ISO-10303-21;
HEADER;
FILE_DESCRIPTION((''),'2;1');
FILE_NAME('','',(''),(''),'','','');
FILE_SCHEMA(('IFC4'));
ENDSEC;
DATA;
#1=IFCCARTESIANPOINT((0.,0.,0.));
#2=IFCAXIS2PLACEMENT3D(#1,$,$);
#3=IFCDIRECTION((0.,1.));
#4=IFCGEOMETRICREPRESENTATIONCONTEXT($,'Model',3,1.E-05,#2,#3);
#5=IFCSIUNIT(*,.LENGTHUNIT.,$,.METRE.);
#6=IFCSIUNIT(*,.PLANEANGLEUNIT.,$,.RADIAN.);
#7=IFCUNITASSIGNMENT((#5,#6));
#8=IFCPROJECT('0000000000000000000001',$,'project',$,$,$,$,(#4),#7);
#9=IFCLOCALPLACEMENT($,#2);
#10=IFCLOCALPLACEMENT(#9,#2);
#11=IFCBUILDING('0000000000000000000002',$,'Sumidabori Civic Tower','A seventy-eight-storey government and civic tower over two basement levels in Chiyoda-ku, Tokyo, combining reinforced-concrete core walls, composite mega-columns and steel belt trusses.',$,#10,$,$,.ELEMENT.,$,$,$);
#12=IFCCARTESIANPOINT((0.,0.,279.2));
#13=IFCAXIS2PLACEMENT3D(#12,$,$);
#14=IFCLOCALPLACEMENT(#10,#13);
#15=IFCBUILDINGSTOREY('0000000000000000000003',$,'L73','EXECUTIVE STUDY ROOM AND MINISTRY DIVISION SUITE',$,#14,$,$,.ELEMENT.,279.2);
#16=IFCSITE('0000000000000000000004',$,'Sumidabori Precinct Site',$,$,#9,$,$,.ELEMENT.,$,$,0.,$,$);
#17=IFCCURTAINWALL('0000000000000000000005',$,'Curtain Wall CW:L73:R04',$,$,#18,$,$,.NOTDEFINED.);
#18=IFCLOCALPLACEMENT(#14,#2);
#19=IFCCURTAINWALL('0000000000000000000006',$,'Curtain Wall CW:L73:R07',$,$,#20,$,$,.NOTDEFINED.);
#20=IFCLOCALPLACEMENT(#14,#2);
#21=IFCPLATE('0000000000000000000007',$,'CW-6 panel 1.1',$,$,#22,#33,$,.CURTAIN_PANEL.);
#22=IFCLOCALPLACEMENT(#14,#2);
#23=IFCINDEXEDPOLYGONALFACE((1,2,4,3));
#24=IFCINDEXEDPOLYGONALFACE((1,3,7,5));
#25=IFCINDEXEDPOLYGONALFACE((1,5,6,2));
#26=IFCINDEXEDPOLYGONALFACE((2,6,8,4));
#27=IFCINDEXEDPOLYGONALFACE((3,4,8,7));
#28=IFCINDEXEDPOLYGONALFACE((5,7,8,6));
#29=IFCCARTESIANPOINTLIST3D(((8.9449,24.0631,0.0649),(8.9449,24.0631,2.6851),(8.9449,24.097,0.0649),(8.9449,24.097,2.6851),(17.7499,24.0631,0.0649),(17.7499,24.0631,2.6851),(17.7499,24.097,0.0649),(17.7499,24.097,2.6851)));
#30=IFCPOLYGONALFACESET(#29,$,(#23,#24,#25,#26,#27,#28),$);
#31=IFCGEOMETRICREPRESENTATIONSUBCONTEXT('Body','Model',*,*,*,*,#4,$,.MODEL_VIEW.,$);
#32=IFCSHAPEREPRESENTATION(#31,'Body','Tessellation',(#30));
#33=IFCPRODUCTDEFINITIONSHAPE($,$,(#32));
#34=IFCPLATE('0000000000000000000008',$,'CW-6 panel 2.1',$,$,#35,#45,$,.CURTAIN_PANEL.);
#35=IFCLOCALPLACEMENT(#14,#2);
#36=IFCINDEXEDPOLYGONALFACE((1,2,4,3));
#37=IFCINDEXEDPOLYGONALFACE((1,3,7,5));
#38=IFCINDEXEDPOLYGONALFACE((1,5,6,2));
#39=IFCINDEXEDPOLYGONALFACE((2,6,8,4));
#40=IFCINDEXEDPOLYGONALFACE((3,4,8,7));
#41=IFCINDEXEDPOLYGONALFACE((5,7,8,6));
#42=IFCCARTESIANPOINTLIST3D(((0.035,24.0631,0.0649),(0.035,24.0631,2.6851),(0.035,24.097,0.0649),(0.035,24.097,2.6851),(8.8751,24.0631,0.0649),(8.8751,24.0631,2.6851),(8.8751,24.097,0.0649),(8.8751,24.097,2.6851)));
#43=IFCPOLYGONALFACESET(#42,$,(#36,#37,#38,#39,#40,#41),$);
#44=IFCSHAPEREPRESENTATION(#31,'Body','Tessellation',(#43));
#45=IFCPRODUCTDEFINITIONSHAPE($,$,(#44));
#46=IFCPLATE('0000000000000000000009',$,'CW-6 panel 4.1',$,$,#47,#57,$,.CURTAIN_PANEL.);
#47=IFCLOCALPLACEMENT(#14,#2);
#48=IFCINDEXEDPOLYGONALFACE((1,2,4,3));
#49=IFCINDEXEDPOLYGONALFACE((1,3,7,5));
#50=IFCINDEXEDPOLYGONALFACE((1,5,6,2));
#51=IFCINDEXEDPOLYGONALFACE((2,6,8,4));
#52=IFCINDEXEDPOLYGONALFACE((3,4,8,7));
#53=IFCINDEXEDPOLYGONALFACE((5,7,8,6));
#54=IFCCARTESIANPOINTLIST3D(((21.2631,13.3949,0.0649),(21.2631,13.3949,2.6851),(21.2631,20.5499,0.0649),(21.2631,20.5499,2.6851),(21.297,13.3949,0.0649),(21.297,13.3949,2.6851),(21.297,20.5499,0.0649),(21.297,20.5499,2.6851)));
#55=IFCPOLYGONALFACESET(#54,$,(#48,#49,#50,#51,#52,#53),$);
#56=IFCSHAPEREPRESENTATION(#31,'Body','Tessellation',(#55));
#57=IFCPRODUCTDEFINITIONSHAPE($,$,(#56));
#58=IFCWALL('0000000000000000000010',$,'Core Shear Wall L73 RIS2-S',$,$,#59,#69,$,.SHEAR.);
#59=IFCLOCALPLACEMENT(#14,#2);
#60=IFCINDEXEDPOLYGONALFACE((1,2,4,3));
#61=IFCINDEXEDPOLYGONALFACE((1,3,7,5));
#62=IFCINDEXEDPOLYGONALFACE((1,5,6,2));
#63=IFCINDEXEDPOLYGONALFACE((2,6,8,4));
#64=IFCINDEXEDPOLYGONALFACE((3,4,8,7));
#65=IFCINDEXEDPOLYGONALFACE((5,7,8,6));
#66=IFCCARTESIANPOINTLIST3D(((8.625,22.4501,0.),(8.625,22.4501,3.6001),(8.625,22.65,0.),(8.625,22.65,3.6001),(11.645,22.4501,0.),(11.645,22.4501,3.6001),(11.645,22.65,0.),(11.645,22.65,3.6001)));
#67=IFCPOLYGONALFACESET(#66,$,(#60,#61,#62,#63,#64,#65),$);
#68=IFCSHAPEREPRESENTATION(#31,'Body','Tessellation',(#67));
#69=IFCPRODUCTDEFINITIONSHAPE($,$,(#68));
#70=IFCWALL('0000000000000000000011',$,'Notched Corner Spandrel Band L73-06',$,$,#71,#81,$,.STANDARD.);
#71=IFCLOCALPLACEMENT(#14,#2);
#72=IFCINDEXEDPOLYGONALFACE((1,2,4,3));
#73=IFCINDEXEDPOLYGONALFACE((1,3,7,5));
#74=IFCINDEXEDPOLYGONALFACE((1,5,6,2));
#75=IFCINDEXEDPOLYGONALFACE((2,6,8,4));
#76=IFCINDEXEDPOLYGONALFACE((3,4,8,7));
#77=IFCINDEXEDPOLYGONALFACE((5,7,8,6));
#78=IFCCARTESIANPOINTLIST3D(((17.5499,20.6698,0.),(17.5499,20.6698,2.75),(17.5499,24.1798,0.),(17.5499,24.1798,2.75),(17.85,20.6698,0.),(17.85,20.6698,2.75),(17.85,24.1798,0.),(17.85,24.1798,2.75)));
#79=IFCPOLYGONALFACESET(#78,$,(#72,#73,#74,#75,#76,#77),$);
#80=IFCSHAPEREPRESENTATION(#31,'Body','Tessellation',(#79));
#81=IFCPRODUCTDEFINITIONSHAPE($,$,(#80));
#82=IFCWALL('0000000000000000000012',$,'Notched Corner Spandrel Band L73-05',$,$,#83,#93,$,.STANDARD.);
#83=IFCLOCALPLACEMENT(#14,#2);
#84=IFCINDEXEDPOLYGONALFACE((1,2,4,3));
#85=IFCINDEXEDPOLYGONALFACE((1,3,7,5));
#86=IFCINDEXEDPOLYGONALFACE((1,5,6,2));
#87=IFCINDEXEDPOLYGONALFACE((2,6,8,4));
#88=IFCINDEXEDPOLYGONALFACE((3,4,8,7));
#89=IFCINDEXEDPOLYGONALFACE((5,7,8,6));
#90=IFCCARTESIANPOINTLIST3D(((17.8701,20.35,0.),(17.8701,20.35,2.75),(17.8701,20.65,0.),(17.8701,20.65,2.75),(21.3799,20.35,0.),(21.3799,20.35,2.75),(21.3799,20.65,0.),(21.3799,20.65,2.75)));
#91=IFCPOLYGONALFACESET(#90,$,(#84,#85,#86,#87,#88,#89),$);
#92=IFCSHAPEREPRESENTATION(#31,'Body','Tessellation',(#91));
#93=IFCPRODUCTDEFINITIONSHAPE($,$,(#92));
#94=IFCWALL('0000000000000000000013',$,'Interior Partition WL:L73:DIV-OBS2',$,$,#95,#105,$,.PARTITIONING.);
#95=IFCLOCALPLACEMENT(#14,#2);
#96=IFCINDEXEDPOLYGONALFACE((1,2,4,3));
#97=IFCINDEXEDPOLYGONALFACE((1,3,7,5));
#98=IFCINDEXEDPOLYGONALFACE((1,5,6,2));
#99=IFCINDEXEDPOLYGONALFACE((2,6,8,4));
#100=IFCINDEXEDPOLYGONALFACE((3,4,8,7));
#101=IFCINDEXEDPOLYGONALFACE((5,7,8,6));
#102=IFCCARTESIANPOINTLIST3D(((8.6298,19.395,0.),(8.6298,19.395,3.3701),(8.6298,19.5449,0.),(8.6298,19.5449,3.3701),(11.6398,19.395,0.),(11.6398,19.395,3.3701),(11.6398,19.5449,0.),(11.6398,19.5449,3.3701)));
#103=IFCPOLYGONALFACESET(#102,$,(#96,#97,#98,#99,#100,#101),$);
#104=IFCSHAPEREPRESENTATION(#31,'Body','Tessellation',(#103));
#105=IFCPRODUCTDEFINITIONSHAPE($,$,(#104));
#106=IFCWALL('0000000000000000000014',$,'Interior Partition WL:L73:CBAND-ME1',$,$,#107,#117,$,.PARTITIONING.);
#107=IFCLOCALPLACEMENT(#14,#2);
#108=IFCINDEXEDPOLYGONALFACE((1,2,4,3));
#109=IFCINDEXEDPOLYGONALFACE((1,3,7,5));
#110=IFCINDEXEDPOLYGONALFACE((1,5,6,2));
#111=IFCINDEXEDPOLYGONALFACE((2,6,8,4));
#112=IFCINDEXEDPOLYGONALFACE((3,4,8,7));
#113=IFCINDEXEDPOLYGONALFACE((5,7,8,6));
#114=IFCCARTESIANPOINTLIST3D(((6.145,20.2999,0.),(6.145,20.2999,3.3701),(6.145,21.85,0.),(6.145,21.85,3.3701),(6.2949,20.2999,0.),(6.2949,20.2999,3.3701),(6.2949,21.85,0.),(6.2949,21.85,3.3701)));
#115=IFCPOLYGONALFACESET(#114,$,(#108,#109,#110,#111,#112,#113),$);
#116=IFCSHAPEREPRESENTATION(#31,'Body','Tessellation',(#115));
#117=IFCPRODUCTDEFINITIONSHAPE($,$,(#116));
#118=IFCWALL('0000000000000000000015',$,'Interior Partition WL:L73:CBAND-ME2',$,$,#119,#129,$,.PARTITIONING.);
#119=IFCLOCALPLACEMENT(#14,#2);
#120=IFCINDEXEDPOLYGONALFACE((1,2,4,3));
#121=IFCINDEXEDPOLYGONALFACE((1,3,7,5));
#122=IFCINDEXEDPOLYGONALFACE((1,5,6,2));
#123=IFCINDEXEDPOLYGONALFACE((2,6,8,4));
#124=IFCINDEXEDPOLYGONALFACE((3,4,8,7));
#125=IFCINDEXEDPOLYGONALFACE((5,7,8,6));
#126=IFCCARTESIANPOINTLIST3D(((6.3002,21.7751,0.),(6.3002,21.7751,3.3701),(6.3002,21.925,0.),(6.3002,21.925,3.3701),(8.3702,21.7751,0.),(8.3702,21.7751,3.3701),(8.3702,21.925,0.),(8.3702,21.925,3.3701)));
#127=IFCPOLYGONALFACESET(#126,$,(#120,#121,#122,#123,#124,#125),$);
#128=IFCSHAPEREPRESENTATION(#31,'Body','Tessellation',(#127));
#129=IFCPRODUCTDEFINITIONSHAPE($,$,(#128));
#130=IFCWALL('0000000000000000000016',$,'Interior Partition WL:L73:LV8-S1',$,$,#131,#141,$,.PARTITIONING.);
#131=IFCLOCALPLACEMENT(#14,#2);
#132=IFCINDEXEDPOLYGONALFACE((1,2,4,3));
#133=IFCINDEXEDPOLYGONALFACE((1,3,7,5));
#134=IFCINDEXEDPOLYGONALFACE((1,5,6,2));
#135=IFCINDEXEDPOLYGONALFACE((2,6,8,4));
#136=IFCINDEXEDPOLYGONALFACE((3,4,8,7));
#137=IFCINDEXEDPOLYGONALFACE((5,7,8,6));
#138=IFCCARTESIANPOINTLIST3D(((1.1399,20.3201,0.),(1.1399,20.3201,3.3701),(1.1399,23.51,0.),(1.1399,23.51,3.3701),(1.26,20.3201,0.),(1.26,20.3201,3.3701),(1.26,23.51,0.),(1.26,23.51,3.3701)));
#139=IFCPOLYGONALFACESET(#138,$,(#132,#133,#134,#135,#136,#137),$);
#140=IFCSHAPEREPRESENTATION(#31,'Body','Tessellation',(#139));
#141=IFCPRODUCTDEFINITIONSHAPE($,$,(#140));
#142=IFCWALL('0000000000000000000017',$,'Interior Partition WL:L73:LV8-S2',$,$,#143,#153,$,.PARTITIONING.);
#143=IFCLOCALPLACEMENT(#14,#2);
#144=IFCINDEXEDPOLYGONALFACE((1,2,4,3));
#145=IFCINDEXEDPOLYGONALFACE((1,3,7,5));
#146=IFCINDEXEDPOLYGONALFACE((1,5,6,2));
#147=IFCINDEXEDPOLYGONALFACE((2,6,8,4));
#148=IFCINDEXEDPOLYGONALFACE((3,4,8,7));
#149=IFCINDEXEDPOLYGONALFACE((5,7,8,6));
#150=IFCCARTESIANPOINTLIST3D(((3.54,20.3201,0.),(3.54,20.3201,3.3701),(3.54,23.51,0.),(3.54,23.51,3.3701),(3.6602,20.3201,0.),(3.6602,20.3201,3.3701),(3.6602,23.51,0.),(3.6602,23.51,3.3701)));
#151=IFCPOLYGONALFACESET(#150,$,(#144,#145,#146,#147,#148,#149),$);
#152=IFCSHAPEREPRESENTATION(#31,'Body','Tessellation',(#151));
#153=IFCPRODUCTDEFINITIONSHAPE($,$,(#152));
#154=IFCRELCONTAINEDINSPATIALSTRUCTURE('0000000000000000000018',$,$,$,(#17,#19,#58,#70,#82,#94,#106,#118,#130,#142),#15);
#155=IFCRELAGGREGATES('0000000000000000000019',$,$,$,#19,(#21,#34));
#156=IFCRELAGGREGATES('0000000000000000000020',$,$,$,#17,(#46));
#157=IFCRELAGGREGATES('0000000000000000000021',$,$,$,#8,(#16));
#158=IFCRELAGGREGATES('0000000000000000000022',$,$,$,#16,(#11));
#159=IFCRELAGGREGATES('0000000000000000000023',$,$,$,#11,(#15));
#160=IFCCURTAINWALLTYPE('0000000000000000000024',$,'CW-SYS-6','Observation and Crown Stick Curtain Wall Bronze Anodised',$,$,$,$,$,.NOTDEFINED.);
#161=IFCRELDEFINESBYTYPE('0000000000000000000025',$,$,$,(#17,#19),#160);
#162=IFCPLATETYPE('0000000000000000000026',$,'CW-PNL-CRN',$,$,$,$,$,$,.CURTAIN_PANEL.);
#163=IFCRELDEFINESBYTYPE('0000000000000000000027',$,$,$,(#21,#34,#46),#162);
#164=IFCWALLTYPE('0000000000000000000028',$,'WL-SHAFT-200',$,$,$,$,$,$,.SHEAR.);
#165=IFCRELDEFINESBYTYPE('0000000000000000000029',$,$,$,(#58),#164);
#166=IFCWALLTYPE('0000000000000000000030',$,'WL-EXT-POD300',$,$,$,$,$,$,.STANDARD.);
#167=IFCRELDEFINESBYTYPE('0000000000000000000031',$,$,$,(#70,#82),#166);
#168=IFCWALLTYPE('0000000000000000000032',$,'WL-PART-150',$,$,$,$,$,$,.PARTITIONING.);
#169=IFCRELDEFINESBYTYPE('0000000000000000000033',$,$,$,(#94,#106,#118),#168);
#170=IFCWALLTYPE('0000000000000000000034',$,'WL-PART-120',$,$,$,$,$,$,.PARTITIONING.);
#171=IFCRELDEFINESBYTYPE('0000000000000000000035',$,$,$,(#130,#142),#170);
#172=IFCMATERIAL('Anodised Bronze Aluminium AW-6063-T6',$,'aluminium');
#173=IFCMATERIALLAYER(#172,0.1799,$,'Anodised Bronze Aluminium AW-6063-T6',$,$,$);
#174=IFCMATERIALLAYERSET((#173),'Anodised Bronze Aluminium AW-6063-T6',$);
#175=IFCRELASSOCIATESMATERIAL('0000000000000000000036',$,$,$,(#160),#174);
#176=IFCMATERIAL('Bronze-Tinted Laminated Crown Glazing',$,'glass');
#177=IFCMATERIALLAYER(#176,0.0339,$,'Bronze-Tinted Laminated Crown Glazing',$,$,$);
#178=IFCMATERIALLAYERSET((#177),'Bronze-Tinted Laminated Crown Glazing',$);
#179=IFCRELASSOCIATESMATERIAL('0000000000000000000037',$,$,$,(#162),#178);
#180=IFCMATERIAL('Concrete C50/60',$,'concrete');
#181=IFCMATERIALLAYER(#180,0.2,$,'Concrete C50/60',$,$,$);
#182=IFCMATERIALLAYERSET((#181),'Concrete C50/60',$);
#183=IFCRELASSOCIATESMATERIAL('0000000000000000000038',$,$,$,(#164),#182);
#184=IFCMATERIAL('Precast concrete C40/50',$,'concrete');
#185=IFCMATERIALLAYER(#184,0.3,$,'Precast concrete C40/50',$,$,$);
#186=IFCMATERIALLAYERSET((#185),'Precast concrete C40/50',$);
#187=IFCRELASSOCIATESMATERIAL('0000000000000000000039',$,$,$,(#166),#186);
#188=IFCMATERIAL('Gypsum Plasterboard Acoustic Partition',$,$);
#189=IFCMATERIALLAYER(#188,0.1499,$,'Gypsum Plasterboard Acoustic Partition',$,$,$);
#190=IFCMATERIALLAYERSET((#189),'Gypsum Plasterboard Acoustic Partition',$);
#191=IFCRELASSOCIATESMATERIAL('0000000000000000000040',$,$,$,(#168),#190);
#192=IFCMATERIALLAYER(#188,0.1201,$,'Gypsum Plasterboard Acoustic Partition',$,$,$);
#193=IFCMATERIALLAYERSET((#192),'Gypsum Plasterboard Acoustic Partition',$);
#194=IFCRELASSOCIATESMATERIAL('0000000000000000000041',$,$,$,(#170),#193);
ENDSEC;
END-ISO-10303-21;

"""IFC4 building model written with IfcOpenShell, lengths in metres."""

from ifc_helpers import new_model, si_unit, direction, frame, frame_2d, origin, origin_2d, place, context, subcontext, project, spatial, rectangle, extrude, source, transform, mapped, material, layer, layer_set, type_object, element, aggregate, save


model = new_model("IFC4")

# Units and contexts
model_context = context("Model", 3, precision=1e-05, world=origin(), true_north=direction((0.0, 1.0)))
body_context = subcontext(model_context, "Body", "Model", "MODEL_VIEW")
ifc_project = project(units=[si_unit("LENGTHUNIT", "METRE"), si_unit("PLANEANGLEUNIT", "RADIAN")], contexts=[model_context])

# Site, building, storey
site_placement = place(None, origin())
site = spatial("IfcSite", under=ifc_project, at=site_placement, Name="Sumidabori Precinct Site", CompositionType="ELEMENT", RefElevation=0.0)
building_placement = place(site_placement, origin())
building = spatial("IfcBuilding", under=site, at=building_placement, Name="Sumidabori Civic Tower", Description="A seventy-eight-storey government and civic tower over two basement levels in Chiyoda-ku, Tokyo, combining reinforced-concrete core walls, composite mega-columns and steel belt trusses.", CompositionType="ELEMENT")
storey_placement = place(building_placement, frame((0.0, 0.0, 279.2)))
storey = spatial("IfcBuildingStorey", under=building, at=storey_placement, Name="L73", Description="EXECUTIVE STUDY ROOM AND MINISTRY DIVISION SUITE", CompositionType="ELEMENT", Elevation=279.2)

# Shared definitions
ifc_material_1 = material(Name="Concrete C50/60", Category="concrete")

# Curtain wall
ifc_material_2 = material(Name="Anodised Bronze Aluminium AW-6063-T6", Category="aluminium")
ifc_layer_1 = layer(ifc_material_2, 0.1799, Name="Anodised Bronze Aluminium AW-6063-T6")
ifc_layer_set_1 = layer_set([ifc_layer_1], Name="Anodised Bronze Aluminium AW-6063-T6")
curtain_wall_type = type_object("IfcCurtainWallType", Name="CW-SYS-6", Description="Observation and Crown Stick Curtain Wall Bronze Anodised", PredefinedType="NOTDEFINED", material=ifc_layer_set_1)
curtain_wall_1_placement = place(storey_placement, origin())
curtain_wall_1 = element("IfcCurtainWall", 1, at=curtain_wall_1_placement, inside=storey, type_object=curtain_wall_type, Name="Curtain Wall CW:L73:R04", PredefinedType="NOTDEFINED")

# Curtain wall, plates
curtain_wall_2_placement = place(storey_placement, origin())
curtain_wall_2 = element("IfcCurtainWall", 2, at=curtain_wall_2_placement, inside=storey, type_object=curtain_wall_type, Name="Curtain Wall CW:L73:R07", PredefinedType="NOTDEFINED")
ifc_material_3 = material(Name="Bronze-Tinted Laminated Crown Glazing", Category="glass")
ifc_layer_2 = layer(ifc_material_3, 0.0339, Name="Bronze-Tinted Laminated Crown Glazing")
ifc_layer_set_2 = layer_set([ifc_layer_2], Name="Bronze-Tinted Laminated Crown Glazing")
plate_type = type_object("IfcPlateType", Name="CW-PNL-CRN", PredefinedType="CURTAIN_PANEL", material=ifc_layer_set_2)
shared_shape_1 = source(origin(), body_context, "Body", "SweptSolid", [
    extrude(rectangle(XDim=8.8049, YDim=0.0339, at=origin_2d()), origin(), (0.0, 0.0, 1.0), 2.6201),
])
plate_1_placement = place(storey_placement, frame((13.3474, 24.0801, 0.0649), z_axis=(0.0, 0.0, 1.0), x_axis=(-1.0, 0.0, 0.0)))
plate_1 = element("IfcPlate", 3, at=plate_1_placement, type_object=plate_type, Name="CW-6 panel 1.1", PredefinedType="CURTAIN_PANEL", context=body_context, shape_type="MappedRepresentation", body=[
    mapped(shared_shape_1, transform((0.0, 0.0, 0.0), x_axis=(1.0, 0.0, 0.0), y_axis=(0.0, 1.0, 0.0), z_axis=(0.0, 0.0, 1.0), scale=1.0)),
])
shared_shape_2 = source(origin(), body_context, "Body", "SweptSolid", [
    extrude(rectangle(XDim=8.8401, YDim=0.0339, at=origin_2d()), origin(), (0.0, 0.0, 1.0), 2.6201),
])
plate_2_placement = place(storey_placement, frame((4.4551, 24.0801, 0.0649), z_axis=(0.0, 0.0, 1.0), x_axis=(-1.0, 0.0, 0.0)))
plate_2 = element("IfcPlate", 4, at=plate_2_placement, type_object=plate_type, Name="CW-6 panel 2.1", PredefinedType="CURTAIN_PANEL", context=body_context, shape_type="MappedRepresentation", body=[
    mapped(shared_shape_2, transform((0.0, 0.0, 0.0), x_axis=(1.0, 0.0, 0.0), y_axis=(0.0, 1.0, 0.0), z_axis=(0.0, 0.0, 1.0), scale=1.0)),
])
aggregate(curtain_wall_2, [plate_1, plate_2])

# Plate
shared_shape_3 = source(origin(), body_context, "Body", "SweptSolid", [
    extrude(rectangle(XDim=7.155, YDim=0.0339, at=origin_2d()), origin(), (0.0, 0.0, 1.0), 2.6201),
])
plate_3_placement = place(storey_placement, frame((21.28, 16.9724, 0.0649), z_axis=(0.0, 0.0, 1.0), x_axis=(0.0, 1.0, 0.0)))
plate_3 = element("IfcPlate", 5, at=plate_3_placement, type_object=plate_type, Name="CW-6 panel 4.1", PredefinedType="CURTAIN_PANEL", context=body_context, shape_type="MappedRepresentation", body=[
    mapped(shared_shape_3, transform((0.0, 0.0, 0.0), x_axis=(1.0, 0.0, 0.0), y_axis=(0.0, 1.0, 0.0), z_axis=(0.0, 0.0, 1.0), scale=1.0)),
])
aggregate(curtain_wall_1, [plate_3])

# Walls
ifc_layer_3 = layer(ifc_material_1, 0.2, Name="Concrete C50/60")
ifc_layer_set_3 = layer_set([ifc_layer_3], Name="Concrete C50/60")
wall_type_1 = type_object("IfcWallType", Name="WL-SHAFT-200", PredefinedType="SHEAR", material=ifc_layer_set_3)
shared_shape_4 = source(origin(), body_context, "Body", "SweptSolid", [
    extrude(rectangle(XDim=3.02, YDim=0.2, at=frame_2d((1.51, 0.0))), origin(), (0.0, 0.0, 1.0), 3.6001),
])
wall_1_placement = place(storey_placement, frame((8.625, 22.55, 0.0), z_axis=(0.0, 0.0, 1.0), x_axis=(1.0, 0.0, 0.0)))
element("IfcWall", 6, at=wall_1_placement, inside=storey, type_object=wall_type_1, Name="Core Shear Wall L73 RIS2-S", PredefinedType="SHEAR", context=body_context, shape_type="MappedRepresentation", body=[
    mapped(shared_shape_4, transform((0.0, 0.0, 0.0), x_axis=(1.0, 0.0, 0.0), y_axis=(0.0, 1.0, 0.0), z_axis=(0.0, 0.0, 1.0), scale=1.0)),
])
ifc_material_4 = material(Name="Precast concrete C40/50", Category="concrete")
ifc_layer_4 = layer(ifc_material_4, 0.3, Name="Precast concrete C40/50")
ifc_layer_set_4 = layer_set([ifc_layer_4], Name="Precast concrete C40/50")
wall_type_2 = type_object("IfcWallType", Name="WL-EXT-POD300", PredefinedType="STANDARD", material=ifc_layer_set_4)
shared_shape_5 = source(origin(), body_context, "Body", "SweptSolid", [
    extrude(rectangle(XDim=3.51, YDim=0.3, at=frame_2d((1.7549, 0.0))), origin(), (0.0, 0.0, 1.0), 2.75),
])
wall_2_placement = place(storey_placement, frame((17.7, 20.6699, 0.0), z_axis=(0.0, 0.0, 1.0), x_axis=(0.0, 1.0, 0.0)))
element("IfcWall", 7, at=wall_2_placement, inside=storey, type_object=wall_type_2, Name="Notched Corner Spandrel Band L73-06", PredefinedType="STANDARD", context=body_context, shape_type="MappedRepresentation", body=[
    mapped(shared_shape_5, transform((0.0, 0.0, 0.0), x_axis=(1.0, 0.0, 0.0), y_axis=(0.0, 1.0, 0.0), z_axis=(0.0, 0.0, 1.0), scale=1.0)),
])
shared_shape_6 = source(origin(), body_context, "Body", "SweptSolid", [
    extrude(rectangle(XDim=3.5098, YDim=0.3, at=frame_2d((1.7549, 0.0))), origin(), (0.0, 0.0, 1.0), 2.75),
])
wall_3_placement = place(storey_placement, frame((21.3799, 20.5, 0.0), z_axis=(0.0, 0.0, 1.0), x_axis=(-1.0, 0.0, 0.0)))
element("IfcWall", 8, at=wall_3_placement, inside=storey, type_object=wall_type_2, Name="Notched Corner Spandrel Band L73-05", PredefinedType="STANDARD", context=body_context, shape_type="MappedRepresentation", body=[
    mapped(shared_shape_6, transform((0.0, 0.0, 0.0), x_axis=(1.0, 0.0, 0.0), y_axis=(0.0, 1.0, 0.0), z_axis=(0.0, 0.0, 1.0), scale=1.0)),
])
ifc_material_5 = material(Name="Gypsum Plasterboard Acoustic Partition")
ifc_layer_5 = layer(ifc_material_5, 0.1499, Name="Gypsum Plasterboard Acoustic Partition")
ifc_layer_set_5 = layer_set([ifc_layer_5], Name="Gypsum Plasterboard Acoustic Partition")
wall_type_3 = type_object("IfcWallType", Name="WL-PART-150", PredefinedType="PARTITIONING", material=ifc_layer_set_5)
shared_shape_7 = source(origin(), body_context, "Body", "SweptSolid", [
    extrude(rectangle(XDim=3.01, YDim=0.1499, at=frame_2d((1.5049, 0.0))), origin(), (0.0, 0.0, 1.0), 3.3701),
])
wall_4_placement = place(storey_placement, frame((8.6299, 19.47, 0.0), z_axis=(0.0, 0.0, 1.0), x_axis=(1.0, 0.0, 0.0)))
element("IfcWall", 9, at=wall_4_placement, inside=storey, type_object=wall_type_3, Name="Interior Partition WL:L73:DIV-OBS2", PredefinedType="PARTITIONING", context=body_context, shape_type="MappedRepresentation", body=[
    mapped(shared_shape_7, transform((0.0, 0.0, 0.0), x_axis=(1.0, 0.0, 0.0), y_axis=(0.0, 1.0, 0.0), z_axis=(0.0, 0.0, 1.0), scale=1.0)),
])
shared_shape_8 = source(origin(), body_context, "Body", "SweptSolid", [
    extrude(rectangle(XDim=1.55, YDim=0.1499, at=frame_2d((0.7749, 0.0))), origin(), (0.0, 0.0, 1.0), 3.3701),
])
wall_5_placement = place(storey_placement, frame((6.22, 20.3, 0.0), z_axis=(0.0, 0.0, 1.0), x_axis=(0.0, 1.0, 0.0)))
element("IfcWall", 10, at=wall_5_placement, inside=storey, type_object=wall_type_3, Name="Interior Partition WL:L73:CBAND-ME1", PredefinedType="PARTITIONING", context=body_context, shape_type="MappedRepresentation", body=[
    mapped(shared_shape_8, transform((0.0, 0.0, 0.0), x_axis=(1.0, 0.0, 0.0), y_axis=(0.0, 1.0, 0.0), z_axis=(0.0, 0.0, 1.0), scale=1.0)),
])
shared_shape_9 = source(origin(), body_context, "Body", "SweptSolid", [
    extrude(rectangle(XDim=2.0701, YDim=0.1499, at=frame_2d((1.0352, 0.0))), origin(), (0.0, 0.0, 1.0), 3.3701),
])
wall_6_placement = place(storey_placement, frame((6.3, 21.8501, 0.0), z_axis=(0.0, 0.0, 1.0), x_axis=(1.0, 0.0, 0.0)))
element("IfcWall", 11, at=wall_6_placement, inside=storey, type_object=wall_type_3, Name="Interior Partition WL:L73:CBAND-ME2", PredefinedType="PARTITIONING", context=body_context, shape_type="MappedRepresentation", body=[
    mapped(shared_shape_9, transform((0.0, 0.0, 0.0), x_axis=(1.0, 0.0, 0.0), y_axis=(0.0, 1.0, 0.0), z_axis=(0.0, 0.0, 1.0), scale=1.0)),
])
ifc_layer_6 = layer(ifc_material_5, 0.1201, Name="Gypsum Plasterboard Acoustic Partition")
ifc_layer_set_6 = layer_set([ifc_layer_6], Name="Gypsum Plasterboard Acoustic Partition")
wall_type_4 = type_object("IfcWallType", Name="WL-PART-120", PredefinedType="PARTITIONING", material=ifc_layer_set_6)
shared_shape_10 = source(origin(), body_context, "Body", "SweptSolid", [
    extrude(rectangle(XDim=3.1899, YDim=0.1201, at=frame_2d((1.595, 0.0))), origin(), (0.0, 0.0, 1.0), 3.3701),
])
for number, where, z_axis, x_axis, name in (
    (12, (1.2, 20.3201, 0.0), (0.0, 0.0, 1.0), (0.0, 1.0, 0.0), "Interior Partition WL:L73:LV8-S1"),
    (13, (3.6001, 20.3201, 0.0), (0.0, 0.0, 1.0), (0.0, 1.0, 0.0), "Interior Partition WL:L73:LV8-S2"),
):
    element("IfcWall", number, at=place(storey_placement, frame(where, z_axis=z_axis, x_axis=x_axis)), inside=storey, type_object=wall_type_4, Name=name, PredefinedType="PARTITIONING", context=body_context, shape_type="MappedRepresentation", body=[
        mapped(shared_shape_10, transform((0.0, 0.0, 0.0), x_axis=(1.0, 0.0, 0.0), y_axis=(0.0, 1.0, 0.0), z_axis=(0.0, 0.0, 1.0), scale=1.0)),
    ])

save(model, "model.ifc")
